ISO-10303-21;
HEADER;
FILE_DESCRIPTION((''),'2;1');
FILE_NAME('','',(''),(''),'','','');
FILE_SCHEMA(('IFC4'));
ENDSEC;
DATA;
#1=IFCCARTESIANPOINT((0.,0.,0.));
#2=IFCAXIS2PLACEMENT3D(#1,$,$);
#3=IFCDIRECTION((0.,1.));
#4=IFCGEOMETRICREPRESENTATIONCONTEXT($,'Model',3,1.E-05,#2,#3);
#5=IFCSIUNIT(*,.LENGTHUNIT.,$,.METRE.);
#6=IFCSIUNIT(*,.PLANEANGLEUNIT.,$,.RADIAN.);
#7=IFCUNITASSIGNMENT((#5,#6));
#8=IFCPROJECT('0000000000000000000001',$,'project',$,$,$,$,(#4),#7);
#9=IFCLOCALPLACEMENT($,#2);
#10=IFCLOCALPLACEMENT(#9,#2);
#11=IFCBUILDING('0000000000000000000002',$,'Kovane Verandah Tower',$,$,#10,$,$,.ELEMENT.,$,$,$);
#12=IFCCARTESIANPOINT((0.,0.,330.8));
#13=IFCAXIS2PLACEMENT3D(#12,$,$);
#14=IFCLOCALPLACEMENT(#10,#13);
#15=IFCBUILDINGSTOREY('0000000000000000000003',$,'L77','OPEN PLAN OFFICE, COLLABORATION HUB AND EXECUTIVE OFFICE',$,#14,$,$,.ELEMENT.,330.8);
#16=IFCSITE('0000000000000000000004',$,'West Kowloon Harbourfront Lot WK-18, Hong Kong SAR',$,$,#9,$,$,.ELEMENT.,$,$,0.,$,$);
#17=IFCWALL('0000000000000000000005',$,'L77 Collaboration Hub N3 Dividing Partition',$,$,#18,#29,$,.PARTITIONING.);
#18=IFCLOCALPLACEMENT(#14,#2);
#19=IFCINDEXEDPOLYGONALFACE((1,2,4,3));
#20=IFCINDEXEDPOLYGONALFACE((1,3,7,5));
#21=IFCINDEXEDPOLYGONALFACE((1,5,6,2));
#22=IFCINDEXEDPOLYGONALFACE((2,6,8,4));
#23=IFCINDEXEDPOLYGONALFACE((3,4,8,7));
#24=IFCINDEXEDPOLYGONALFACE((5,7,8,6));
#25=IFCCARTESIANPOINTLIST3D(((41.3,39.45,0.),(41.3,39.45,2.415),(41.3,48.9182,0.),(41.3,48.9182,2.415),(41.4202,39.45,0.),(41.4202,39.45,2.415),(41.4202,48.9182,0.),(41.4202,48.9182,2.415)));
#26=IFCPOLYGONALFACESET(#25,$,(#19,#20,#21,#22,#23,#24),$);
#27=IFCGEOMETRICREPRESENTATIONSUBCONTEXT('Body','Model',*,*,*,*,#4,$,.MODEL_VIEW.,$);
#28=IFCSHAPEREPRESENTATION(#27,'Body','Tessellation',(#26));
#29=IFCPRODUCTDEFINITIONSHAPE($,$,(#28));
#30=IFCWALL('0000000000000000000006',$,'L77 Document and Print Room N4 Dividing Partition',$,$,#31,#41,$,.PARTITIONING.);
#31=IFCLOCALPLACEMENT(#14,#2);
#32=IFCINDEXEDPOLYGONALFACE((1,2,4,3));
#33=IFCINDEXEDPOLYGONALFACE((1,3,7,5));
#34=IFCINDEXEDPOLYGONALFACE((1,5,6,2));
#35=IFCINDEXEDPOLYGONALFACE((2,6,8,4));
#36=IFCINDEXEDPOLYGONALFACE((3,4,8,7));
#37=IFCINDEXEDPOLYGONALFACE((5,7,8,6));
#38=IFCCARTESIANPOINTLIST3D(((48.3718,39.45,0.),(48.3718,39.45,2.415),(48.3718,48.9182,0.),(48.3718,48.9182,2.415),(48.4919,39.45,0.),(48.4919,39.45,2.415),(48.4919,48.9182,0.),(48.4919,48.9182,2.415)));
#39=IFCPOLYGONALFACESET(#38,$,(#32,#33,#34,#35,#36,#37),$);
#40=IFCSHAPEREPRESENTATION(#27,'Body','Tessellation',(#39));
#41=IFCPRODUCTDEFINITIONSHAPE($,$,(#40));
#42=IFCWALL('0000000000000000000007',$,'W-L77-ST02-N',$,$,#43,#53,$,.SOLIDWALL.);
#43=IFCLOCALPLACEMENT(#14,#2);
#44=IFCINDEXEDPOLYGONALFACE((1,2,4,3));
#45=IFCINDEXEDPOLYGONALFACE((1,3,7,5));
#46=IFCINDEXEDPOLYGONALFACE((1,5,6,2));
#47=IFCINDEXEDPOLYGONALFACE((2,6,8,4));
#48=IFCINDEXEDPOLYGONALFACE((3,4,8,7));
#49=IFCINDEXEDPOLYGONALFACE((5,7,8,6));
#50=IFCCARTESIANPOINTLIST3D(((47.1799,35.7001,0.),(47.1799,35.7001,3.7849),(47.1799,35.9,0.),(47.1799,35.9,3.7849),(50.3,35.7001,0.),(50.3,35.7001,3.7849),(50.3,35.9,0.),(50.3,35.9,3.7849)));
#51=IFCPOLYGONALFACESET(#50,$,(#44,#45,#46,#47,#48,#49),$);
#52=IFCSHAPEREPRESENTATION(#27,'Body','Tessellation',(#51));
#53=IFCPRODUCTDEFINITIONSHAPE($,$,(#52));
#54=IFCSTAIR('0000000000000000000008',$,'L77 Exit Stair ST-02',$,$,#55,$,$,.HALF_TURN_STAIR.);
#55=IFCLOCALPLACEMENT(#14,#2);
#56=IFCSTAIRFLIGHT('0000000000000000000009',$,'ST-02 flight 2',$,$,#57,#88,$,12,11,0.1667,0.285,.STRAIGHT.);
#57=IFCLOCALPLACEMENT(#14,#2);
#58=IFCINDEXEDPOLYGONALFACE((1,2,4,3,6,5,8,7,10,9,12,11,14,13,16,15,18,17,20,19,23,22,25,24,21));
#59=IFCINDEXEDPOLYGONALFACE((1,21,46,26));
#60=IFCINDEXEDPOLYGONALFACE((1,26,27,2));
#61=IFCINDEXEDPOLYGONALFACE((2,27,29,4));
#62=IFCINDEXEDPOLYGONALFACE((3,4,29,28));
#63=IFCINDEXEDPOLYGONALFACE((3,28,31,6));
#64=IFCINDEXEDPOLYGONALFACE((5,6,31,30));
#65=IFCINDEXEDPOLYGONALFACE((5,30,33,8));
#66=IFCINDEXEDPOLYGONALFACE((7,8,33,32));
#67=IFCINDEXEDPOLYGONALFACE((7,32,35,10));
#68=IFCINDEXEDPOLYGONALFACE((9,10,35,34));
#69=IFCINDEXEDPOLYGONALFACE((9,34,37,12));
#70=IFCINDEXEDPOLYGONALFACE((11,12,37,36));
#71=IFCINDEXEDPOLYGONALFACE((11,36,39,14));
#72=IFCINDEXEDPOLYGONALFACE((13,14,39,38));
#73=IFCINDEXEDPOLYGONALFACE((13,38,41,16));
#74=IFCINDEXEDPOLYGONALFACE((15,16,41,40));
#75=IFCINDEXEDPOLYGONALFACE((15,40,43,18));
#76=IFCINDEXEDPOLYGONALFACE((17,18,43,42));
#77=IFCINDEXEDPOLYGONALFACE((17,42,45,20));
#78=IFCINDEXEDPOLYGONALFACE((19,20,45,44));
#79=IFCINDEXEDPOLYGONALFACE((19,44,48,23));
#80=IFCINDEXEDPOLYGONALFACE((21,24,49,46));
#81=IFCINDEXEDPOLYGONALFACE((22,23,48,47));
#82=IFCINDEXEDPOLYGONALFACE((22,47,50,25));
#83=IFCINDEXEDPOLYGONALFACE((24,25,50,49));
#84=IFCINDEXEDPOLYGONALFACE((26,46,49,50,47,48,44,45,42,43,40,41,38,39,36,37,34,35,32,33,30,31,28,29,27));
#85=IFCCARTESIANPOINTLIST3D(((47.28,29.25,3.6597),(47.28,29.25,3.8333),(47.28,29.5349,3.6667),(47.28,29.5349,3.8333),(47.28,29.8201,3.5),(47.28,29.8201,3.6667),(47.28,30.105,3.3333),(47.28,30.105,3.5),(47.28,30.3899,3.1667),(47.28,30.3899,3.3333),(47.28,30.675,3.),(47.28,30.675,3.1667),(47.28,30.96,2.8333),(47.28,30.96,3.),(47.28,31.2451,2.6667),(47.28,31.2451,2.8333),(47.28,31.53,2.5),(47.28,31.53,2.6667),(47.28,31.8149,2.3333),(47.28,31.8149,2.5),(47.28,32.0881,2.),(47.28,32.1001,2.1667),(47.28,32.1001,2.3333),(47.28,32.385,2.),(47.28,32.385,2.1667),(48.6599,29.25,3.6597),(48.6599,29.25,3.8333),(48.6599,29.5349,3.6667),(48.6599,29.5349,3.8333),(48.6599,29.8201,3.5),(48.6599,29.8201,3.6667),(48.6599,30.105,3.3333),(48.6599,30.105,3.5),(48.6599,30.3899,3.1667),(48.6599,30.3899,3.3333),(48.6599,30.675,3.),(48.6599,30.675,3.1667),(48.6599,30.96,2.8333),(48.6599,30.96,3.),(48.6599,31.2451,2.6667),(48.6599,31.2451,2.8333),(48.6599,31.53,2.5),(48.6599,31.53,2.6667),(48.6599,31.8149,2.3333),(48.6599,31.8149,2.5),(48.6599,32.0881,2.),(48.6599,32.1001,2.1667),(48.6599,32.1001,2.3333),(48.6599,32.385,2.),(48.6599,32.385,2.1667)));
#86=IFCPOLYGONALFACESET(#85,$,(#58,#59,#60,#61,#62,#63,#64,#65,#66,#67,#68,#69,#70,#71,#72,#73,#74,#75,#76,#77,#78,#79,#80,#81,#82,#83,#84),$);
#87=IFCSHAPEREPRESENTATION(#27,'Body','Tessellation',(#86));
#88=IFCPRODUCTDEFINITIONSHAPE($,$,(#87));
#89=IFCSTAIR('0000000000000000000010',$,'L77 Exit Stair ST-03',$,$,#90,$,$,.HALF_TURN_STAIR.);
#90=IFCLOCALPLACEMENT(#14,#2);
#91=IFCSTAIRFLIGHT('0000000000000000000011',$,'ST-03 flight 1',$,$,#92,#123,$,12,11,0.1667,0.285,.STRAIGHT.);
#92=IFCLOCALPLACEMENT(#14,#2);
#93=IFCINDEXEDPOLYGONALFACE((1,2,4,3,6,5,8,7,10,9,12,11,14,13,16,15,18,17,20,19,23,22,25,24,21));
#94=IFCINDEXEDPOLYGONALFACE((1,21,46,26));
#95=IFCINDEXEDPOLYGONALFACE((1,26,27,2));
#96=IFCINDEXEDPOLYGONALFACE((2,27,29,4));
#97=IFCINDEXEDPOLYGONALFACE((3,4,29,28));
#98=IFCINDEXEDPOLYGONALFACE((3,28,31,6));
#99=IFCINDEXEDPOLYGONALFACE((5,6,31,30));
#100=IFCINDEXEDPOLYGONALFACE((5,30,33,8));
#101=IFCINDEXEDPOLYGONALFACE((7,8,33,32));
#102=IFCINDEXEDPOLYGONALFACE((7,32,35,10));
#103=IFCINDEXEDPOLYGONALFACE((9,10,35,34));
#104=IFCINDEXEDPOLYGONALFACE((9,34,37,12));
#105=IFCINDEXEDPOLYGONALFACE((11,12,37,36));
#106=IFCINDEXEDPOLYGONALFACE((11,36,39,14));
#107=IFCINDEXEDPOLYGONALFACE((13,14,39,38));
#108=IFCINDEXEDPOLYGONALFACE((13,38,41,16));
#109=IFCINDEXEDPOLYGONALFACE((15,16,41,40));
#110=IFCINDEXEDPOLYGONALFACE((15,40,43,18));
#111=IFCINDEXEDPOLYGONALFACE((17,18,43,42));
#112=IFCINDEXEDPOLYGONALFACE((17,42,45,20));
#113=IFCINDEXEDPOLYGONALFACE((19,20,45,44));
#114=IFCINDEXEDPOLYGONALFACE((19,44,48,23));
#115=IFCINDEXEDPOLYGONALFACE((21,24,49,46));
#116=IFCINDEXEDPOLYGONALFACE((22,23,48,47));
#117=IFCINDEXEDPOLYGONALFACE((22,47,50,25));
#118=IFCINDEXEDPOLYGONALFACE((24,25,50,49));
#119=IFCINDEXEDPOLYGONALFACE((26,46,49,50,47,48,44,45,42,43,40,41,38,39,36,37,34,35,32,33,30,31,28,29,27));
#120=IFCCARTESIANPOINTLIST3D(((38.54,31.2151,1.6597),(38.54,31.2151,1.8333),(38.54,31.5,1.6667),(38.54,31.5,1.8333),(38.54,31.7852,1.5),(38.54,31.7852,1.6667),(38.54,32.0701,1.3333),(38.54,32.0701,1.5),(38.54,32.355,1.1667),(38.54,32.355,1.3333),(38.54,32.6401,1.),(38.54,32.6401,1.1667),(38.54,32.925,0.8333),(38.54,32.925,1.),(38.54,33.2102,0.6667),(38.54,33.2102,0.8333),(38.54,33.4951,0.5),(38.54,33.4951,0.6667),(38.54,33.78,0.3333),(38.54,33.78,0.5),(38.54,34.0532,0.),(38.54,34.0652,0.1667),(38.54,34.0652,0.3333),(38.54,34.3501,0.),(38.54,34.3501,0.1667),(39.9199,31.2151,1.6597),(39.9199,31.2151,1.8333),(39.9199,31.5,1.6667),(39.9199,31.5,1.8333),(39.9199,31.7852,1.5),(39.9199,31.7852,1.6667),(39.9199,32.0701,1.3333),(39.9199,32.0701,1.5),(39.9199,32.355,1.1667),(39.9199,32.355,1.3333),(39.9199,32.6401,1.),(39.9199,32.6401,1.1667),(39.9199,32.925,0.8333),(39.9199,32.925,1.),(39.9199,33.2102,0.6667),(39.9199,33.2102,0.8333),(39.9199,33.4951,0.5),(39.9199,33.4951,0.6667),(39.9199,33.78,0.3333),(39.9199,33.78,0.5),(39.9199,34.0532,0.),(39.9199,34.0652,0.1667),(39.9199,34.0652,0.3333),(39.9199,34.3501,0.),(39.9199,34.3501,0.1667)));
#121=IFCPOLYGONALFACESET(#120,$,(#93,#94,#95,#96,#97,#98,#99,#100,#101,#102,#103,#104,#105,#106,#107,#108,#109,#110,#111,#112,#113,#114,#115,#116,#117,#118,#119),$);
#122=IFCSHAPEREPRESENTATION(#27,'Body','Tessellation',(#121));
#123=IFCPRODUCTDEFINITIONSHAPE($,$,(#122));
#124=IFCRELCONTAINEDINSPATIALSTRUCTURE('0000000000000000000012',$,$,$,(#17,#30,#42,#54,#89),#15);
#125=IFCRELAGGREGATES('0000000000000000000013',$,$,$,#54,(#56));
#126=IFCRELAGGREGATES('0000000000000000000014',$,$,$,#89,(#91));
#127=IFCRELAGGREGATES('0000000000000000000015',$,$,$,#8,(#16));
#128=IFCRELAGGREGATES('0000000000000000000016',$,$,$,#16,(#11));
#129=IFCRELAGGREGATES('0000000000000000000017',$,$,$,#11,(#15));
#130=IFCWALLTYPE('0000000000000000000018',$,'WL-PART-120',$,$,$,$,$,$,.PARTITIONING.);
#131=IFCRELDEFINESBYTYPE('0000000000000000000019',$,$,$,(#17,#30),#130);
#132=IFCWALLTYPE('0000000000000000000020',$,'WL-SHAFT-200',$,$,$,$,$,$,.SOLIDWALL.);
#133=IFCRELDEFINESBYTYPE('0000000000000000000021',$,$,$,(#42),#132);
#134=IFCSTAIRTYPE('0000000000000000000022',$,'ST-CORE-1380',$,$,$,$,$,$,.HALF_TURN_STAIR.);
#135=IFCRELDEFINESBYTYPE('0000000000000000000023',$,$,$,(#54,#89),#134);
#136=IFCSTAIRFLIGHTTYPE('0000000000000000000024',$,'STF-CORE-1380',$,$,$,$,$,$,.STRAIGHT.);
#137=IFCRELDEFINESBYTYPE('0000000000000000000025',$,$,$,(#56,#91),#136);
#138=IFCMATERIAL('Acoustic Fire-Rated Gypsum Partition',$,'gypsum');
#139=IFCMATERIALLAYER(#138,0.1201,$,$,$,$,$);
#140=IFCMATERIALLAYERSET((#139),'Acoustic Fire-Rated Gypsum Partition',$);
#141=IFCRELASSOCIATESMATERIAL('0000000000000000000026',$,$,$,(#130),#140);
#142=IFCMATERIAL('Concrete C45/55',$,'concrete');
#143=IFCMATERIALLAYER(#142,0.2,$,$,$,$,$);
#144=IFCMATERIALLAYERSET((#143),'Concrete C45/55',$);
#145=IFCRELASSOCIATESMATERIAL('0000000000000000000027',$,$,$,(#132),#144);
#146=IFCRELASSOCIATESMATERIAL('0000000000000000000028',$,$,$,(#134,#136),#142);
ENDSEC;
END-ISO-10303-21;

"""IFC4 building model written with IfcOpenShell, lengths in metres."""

from ifc_helpers import new_model, si_unit, direction, frame, frame_2d, origin, place, context, subcontext, project, spatial, polyline, rectangle, outline, extrude, material, layer, layer_set, type_object, element, aggregate, save


model = new_model("IFC4")

# Units and contexts
model_context = context("Model", 3, precision=1e-05, world=origin(), true_north=direction((0.0, 1.0)))
body_context = subcontext(model_context, "Body", "Model", "MODEL_VIEW")
ifc_project = project(units=[si_unit("LENGTHUNIT", "METRE"), si_unit("PLANEANGLEUNIT", "RADIAN")], contexts=[model_context])

# Site, building, storey
site_placement = place(None, origin())
site = spatial("IfcSite", under=ifc_project, at=site_placement, Name="West Kowloon Harbourfront Lot WK-18, Hong Kong SAR", CompositionType="ELEMENT", RefElevation=0.0)
building_placement = place(site_placement, origin())
building = spatial("IfcBuilding", under=site, at=building_placement, Name="Kovane Verandah Tower", CompositionType="ELEMENT")
storey_placement = place(building_placement, frame((0.0, 0.0, 330.8)))
storey = spatial("IfcBuildingStorey", under=building, at=storey_placement, Name="L77", Description="OPEN PLAN OFFICE, COLLABORATION HUB AND EXECUTIVE OFFICE", CompositionType="ELEMENT", Elevation=330.8)

# Walls
ifc_material_1 = material(Name="Acoustic Fire-Rated Gypsum Partition", Category="gypsum")
ifc_layer_1 = layer(ifc_material_1, 0.1201)
ifc_layer_set_1 = layer_set([ifc_layer_1], Name="Acoustic Fire-Rated Gypsum Partition")
wall_type_1 = type_object("IfcWallType", Name="WL-PART-120", PredefinedType="PARTITIONING", material=ifc_layer_set_1)
for number, where, z_axis, x_axis, name in (
    (1, (41.3601, 39.45, 0.0), (0.0, 0.0, 1.0), (0.0, 1.0, 0.0), "L77 Collaboration Hub N3 Dividing Partition"),
    (2, (48.4319, 39.45, 0.0), (0.0, 0.0, 1.0), (0.0, 1.0, 0.0), "L77 Document and Print Room N4 Dividing Partition"),
):
    element("IfcWall", number, at=place(storey_placement, frame(where, z_axis=z_axis, x_axis=x_axis)), inside=storey, type_object=wall_type_1, Name=name, PredefinedType="PARTITIONING", context=body_context, shape_type="SweptSolid", body=[
        extrude(rectangle(XDim=9.4683, YDim=0.1201, at=frame_2d((4.7341, 0.0))), origin(), (0.0, 0.0, 1.0), 2.415),
    ])
ifc_material_2 = material(Name="Concrete C45/55", Category="concrete")
ifc_layer_2 = layer(ifc_material_2, 0.2)
ifc_layer_set_2 = layer_set([ifc_layer_2], Name="Concrete C45/55")
wall_type_2 = type_object("IfcWallType", Name="WL-SHAFT-200", PredefinedType="SOLIDWALL", material=ifc_layer_set_2)
wall_1_placement = place(storey_placement, frame((47.1799, 35.8, 0.0), z_axis=(0.0, 0.0, 1.0), x_axis=(1.0, 0.0, 0.0)))
element("IfcWall", 3, at=wall_1_placement, inside=storey, type_object=wall_type_2, Name="W-L77-ST02-N", PredefinedType="SOLIDWALL", context=body_context, shape_type="SweptSolid", body=[
    extrude(rectangle(XDim=3.1201, YDim=0.2, at=frame_2d((1.5601, 0.0))), origin(), (0.0, 0.0, 1.0), 3.7849),
])

# Stairs, stair flights
stair_type = type_object("IfcStairType", Name="ST-CORE-1380", PredefinedType="HALF_TURN_STAIR", material=ifc_material_2)
stair_1_placement = place(storey_placement, origin())
stair_1 = element("IfcStair", 4, at=stair_1_placement, inside=storey, type_object=stair_type, Name="L77 Exit Stair ST-02", PredefinedType="HALF_TURN_STAIR")
stair_flight_type = type_object("IfcStairFlightType", Name="STF-CORE-1380", PredefinedType="STRAIGHT", material=ifc_material_2)
stair_flight_1_placement = place(storey_placement, frame((47.97, 32.385, 2.0), z_axis=(0.0, 0.0, 1.0), x_axis=(0.0, -1.0, 0.0)))
stair_flight_1 = element("IfcStairFlight", 5, at=stair_flight_1_placement, type_object=stair_flight_type, Name="ST-02 flight 2", NumberOfRisers=12, NumberOfTreads=11, PredefinedType="STRAIGHT", RiserHeight=0.1667, TreadLength=0.285, context=body_context, shape_type="SweptSolid", body=[
    extrude(outline(polyline([(0.0, 0.0), (0.0, 0.1667), (0.2849, 0.1667), (0.2849, 0.3333), (0.5701, 0.3333), (0.5701, 0.5), (0.855, 0.5), (0.855, 0.6667), (1.1399, 0.6667), (1.1399, 0.8333), (1.425, 0.8333), (1.425, 1.0), (1.71, 1.0), (1.71, 1.1667), (1.9951, 1.1667), (1.9951, 1.3333), (2.28, 1.3333), (2.28, 1.5), (2.5649, 1.5), (2.5649, 1.6667), (2.8501, 1.6667), (2.8501, 1.8333), (3.135, 1.8333), (3.135, 2.0), (3.135, 1.6597), (0.2969, 0.0), (0.0, 0.0)])), frame((0.0, 0.6899, 0.0), z_axis=(0.0, -1.0, 0.0), x_axis=(1.0, 0.0, 0.0)), (0.0, 0.0, 1.0), 1.3799),
])
aggregate(stair_1, [stair_flight_1])
stair_2_placement = place(storey_placement, origin())
stair_2 = element("IfcStair", 6, at=stair_2_placement, inside=storey, type_object=stair_type, Name="L77 Exit Stair ST-03", PredefinedType="HALF_TURN_STAIR")
stair_flight_2_placement = place(storey_placement, frame((39.23, 34.3501, 0.0), z_axis=(0.0, 0.0, 1.0), x_axis=(0.0, -1.0, 0.0)))
stair_flight_2 = element("IfcStairFlight", 7, at=stair_flight_2_placement, type_object=stair_flight_type, Name="ST-03 flight 1", NumberOfRisers=12, NumberOfTreads=11, PredefinedType="STRAIGHT", RiserHeight=0.1667, TreadLength=0.285, context=body_context, shape_type="SweptSolid", body=[
    extrude(outline(polyline([(0.0, 0.0), (0.0, 0.1667), (0.2849, 0.1667), (0.2849, 0.3333), (0.5701, 0.3333), (0.5701, 0.5), (0.855, 0.5), (0.855, 0.6667), (1.1399, 0.6667), (1.1399, 0.8333), (1.425, 0.8333), (1.425, 1.0), (1.71, 1.0), (1.71, 1.1667), (1.9951, 1.1667), (1.9951, 1.3333), (2.28, 1.3333), (2.28, 1.5), (2.5649, 1.5), (2.5649, 1.6667), (2.8501, 1.6667), (2.8501, 1.8333), (3.135, 1.8333), (3.135, 2.0), (3.135, 1.6597), (0.2969, 0.0), (0.0, 0.0)])), frame((0.0, 0.6899, 0.0), z_axis=(0.0, -1.0, 0.0), x_axis=(1.0, 0.0, 0.0)), (0.0, 0.0, 1.0), 1.3799),
])
aggregate(stair_2, [stair_flight_2])

save(model, "model.ifc")
